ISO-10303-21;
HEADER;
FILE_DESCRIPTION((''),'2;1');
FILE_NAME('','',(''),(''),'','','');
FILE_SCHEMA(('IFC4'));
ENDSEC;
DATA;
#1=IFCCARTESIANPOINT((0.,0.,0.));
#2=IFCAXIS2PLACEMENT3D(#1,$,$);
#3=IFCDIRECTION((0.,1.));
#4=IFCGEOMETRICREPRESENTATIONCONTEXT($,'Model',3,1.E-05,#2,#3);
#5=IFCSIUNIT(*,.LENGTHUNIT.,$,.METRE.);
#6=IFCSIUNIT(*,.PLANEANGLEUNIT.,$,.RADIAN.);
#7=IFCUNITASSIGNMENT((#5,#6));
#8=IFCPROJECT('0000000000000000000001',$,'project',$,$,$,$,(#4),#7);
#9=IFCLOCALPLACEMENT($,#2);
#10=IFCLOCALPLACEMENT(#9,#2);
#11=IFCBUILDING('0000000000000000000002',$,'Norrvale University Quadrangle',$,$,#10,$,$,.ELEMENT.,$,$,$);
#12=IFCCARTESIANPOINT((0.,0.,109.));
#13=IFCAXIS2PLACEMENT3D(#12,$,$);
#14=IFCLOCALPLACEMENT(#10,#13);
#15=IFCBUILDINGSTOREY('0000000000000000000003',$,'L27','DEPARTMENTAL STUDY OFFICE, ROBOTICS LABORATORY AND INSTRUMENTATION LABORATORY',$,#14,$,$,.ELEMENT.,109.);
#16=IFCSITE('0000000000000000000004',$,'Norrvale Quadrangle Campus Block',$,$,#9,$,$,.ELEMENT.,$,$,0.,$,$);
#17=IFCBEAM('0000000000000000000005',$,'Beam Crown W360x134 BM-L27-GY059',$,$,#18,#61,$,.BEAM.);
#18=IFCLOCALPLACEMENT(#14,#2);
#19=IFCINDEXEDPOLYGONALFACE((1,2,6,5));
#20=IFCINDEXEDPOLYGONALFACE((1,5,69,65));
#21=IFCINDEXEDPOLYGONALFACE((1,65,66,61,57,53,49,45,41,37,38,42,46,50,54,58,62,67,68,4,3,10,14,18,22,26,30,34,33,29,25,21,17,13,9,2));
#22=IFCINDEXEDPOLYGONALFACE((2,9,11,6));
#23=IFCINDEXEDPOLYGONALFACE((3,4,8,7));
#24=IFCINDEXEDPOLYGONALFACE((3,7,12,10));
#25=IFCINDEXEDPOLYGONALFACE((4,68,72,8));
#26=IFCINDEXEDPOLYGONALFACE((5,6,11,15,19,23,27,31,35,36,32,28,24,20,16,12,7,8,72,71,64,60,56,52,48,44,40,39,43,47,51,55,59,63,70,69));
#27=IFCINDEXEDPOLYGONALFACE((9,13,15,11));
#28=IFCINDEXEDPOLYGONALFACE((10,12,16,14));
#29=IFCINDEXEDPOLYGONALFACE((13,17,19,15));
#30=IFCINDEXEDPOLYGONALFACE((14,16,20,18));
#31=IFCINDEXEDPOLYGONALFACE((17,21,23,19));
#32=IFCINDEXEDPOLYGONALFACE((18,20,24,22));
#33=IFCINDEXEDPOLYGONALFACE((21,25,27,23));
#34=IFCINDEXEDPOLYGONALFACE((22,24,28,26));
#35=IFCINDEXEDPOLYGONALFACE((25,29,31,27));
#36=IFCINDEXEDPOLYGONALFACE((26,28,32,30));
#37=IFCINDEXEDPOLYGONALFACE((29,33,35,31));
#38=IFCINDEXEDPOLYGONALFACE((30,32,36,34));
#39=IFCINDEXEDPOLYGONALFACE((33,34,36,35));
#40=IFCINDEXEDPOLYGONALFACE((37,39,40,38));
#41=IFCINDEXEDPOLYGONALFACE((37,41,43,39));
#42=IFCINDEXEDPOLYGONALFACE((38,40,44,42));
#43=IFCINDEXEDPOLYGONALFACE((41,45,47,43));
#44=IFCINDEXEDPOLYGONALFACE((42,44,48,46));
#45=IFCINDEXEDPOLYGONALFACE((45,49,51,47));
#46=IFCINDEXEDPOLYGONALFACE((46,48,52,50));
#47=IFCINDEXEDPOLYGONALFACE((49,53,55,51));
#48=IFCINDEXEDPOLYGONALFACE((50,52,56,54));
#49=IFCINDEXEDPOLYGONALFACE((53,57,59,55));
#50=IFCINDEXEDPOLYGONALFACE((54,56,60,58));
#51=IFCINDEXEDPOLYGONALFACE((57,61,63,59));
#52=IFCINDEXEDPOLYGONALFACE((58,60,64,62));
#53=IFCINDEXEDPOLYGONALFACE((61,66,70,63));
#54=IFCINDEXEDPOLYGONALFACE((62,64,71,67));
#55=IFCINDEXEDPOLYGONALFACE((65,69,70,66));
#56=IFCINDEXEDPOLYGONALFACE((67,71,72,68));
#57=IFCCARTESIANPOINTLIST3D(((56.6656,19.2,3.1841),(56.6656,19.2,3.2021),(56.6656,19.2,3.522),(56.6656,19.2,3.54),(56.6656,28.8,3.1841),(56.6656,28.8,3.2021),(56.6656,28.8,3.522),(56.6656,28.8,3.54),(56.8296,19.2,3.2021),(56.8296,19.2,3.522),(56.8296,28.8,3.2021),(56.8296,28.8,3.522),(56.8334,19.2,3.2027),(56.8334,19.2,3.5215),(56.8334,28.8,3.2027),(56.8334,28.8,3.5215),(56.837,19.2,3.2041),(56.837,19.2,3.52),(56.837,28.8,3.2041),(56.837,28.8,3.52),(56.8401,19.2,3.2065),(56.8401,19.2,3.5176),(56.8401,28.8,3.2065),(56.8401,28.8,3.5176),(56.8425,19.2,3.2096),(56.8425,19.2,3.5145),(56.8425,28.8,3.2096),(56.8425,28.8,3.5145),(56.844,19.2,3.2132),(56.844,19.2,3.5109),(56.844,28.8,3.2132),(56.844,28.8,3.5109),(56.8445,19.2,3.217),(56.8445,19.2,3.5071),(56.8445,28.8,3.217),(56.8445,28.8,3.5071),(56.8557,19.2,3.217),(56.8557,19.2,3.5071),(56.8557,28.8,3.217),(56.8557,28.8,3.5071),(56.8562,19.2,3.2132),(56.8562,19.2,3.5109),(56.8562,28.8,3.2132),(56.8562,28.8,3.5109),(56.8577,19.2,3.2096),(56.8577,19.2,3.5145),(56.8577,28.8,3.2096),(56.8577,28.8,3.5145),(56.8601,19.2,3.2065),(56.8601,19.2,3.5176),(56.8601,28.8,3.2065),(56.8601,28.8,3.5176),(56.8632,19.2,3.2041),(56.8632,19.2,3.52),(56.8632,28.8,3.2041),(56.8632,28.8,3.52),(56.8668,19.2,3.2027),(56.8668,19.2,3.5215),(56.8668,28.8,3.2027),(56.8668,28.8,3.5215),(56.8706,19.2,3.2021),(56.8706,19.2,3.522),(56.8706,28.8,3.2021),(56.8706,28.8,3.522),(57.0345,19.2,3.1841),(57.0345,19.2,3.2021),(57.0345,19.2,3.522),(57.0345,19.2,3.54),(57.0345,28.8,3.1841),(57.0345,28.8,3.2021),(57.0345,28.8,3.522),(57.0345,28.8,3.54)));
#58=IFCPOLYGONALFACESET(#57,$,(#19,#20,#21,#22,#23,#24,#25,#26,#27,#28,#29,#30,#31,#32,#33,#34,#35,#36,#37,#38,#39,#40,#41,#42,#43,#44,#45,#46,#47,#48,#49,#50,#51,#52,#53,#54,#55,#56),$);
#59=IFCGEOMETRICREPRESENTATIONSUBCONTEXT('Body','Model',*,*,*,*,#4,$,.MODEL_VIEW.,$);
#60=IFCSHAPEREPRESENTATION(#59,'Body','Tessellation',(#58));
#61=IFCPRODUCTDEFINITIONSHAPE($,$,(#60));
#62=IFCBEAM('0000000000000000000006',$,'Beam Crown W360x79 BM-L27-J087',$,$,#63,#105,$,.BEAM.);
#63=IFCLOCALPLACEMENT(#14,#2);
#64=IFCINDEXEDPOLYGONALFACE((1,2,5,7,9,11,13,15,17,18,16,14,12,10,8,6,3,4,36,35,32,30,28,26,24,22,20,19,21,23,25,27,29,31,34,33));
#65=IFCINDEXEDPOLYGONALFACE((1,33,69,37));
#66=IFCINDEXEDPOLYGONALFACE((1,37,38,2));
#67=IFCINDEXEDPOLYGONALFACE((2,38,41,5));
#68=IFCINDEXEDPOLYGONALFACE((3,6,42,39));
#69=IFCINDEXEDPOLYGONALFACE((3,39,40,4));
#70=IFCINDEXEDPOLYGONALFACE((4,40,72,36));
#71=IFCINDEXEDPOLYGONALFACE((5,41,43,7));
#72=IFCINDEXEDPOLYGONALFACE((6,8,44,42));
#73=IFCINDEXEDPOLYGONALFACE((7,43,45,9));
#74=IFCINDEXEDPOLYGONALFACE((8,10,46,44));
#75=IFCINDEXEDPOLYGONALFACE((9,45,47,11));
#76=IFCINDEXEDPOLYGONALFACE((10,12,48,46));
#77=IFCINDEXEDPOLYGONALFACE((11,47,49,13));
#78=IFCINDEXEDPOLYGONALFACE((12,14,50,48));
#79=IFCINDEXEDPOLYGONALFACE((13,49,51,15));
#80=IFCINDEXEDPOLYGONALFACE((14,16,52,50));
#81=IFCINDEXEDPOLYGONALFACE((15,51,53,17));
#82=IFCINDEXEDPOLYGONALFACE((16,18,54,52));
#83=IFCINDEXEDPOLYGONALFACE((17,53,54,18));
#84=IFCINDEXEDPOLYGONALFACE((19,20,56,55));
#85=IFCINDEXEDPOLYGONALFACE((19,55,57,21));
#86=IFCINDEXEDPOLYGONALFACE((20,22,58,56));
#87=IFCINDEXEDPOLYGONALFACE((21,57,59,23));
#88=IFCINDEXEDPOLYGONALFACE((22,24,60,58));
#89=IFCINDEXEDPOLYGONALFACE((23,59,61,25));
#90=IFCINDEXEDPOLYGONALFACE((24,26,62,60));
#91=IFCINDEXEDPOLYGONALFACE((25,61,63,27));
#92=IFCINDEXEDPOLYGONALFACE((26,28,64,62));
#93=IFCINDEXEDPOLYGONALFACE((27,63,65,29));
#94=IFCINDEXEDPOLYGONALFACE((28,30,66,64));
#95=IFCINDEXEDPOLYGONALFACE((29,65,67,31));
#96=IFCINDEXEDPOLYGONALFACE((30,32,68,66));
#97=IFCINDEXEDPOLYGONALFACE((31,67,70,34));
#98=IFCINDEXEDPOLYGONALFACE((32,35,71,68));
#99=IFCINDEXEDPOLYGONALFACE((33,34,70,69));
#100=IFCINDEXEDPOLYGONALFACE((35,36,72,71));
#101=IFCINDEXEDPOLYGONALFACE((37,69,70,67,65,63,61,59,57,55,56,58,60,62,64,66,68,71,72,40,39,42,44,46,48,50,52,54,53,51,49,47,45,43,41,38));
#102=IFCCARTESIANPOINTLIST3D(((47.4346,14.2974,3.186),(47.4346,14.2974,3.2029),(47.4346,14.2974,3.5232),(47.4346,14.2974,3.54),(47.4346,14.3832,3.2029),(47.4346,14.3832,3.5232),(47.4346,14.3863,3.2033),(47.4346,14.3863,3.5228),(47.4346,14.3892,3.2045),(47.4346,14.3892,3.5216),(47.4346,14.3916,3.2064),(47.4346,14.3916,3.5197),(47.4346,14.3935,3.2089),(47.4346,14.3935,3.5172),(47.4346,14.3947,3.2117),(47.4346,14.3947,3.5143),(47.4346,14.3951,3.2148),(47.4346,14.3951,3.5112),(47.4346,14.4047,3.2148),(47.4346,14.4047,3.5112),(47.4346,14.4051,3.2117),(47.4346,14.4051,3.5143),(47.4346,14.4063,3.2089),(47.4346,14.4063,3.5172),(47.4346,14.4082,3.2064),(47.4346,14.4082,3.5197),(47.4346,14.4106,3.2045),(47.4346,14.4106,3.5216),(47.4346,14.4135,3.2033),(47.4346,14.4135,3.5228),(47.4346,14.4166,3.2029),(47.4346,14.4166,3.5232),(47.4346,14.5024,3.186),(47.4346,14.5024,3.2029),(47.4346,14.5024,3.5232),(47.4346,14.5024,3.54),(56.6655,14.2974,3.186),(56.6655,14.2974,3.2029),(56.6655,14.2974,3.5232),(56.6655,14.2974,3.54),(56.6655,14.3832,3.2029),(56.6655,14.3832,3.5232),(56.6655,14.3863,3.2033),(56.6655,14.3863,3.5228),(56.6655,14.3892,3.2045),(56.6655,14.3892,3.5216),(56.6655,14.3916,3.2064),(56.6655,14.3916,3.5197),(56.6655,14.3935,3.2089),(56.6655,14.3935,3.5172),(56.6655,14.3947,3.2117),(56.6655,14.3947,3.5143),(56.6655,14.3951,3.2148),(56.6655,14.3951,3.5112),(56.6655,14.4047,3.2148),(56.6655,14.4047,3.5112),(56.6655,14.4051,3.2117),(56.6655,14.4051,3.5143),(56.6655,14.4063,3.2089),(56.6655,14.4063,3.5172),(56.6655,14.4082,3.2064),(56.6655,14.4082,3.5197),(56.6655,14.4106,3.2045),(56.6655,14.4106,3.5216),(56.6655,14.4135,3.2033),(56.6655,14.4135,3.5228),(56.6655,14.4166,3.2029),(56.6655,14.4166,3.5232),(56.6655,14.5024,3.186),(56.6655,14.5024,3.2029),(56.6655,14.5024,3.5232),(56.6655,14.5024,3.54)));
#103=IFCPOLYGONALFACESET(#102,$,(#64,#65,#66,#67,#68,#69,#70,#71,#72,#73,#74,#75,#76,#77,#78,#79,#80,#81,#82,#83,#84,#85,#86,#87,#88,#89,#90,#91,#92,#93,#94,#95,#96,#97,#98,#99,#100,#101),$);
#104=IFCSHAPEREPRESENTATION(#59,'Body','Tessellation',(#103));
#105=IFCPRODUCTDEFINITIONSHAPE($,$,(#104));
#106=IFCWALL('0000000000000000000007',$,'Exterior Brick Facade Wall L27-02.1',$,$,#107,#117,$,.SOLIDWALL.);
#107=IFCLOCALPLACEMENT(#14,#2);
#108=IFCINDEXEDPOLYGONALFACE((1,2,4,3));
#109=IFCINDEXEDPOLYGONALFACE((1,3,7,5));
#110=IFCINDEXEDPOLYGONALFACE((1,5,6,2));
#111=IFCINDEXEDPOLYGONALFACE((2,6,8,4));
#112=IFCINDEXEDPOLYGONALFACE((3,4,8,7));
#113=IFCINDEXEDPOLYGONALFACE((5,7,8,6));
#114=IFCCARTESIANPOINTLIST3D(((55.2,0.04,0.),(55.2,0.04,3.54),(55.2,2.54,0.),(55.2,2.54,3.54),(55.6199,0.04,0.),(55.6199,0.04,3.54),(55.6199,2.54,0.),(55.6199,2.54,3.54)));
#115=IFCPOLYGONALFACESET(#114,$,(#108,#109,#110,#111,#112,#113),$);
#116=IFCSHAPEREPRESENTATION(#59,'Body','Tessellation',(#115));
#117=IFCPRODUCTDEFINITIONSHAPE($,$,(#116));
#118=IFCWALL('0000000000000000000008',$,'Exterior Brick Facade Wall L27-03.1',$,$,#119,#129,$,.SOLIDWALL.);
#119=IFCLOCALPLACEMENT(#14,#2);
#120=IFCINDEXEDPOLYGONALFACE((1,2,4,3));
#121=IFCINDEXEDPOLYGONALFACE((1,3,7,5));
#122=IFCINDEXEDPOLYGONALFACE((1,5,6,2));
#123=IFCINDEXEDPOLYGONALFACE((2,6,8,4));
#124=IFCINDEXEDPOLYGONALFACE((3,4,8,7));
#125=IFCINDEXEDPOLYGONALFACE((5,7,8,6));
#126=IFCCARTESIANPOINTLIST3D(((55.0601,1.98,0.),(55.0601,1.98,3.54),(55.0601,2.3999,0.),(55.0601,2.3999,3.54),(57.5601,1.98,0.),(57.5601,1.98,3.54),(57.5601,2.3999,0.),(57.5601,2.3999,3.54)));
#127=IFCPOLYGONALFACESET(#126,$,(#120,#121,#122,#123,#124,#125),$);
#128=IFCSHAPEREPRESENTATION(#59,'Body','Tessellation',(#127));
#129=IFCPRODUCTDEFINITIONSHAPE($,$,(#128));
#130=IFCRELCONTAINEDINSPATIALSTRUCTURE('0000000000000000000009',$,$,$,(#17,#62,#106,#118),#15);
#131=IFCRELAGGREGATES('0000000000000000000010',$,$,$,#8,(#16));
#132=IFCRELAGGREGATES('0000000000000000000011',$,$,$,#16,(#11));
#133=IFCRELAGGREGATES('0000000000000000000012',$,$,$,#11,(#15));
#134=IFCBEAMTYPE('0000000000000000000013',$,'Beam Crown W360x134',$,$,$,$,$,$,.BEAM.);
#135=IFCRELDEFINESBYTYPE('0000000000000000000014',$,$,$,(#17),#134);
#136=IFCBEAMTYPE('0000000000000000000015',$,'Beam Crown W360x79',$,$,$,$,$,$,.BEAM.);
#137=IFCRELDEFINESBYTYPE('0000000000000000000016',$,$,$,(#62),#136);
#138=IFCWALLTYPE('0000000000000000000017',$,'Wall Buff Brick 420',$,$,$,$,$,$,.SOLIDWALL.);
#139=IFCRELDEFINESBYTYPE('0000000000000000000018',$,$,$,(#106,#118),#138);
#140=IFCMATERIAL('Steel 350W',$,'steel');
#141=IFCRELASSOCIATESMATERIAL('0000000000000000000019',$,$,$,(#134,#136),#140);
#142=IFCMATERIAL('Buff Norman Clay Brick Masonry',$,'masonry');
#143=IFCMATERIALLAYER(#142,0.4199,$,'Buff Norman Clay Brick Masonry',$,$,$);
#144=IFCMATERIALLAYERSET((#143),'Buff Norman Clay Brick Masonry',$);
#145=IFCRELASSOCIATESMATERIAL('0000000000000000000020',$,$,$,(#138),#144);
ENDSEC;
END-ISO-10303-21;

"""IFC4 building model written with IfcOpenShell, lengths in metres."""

from ifc_helpers import new_model, si_unit, direction, frame, frame_2d, origin, origin_2d, place, context, subcontext, project, spatial, rectangle, i_section, extrude, material, layer, layer_set, material_profile, profile_set, type_object, element, save


model = new_model("IFC4")

# Units and contexts
model_context = context("Model", 3, precision=1e-05, world=origin(), true_north=direction((0.0, 1.0)))
body_context = subcontext(model_context, "Body", "Model", "MODEL_VIEW")
ifc_project = project(units=[si_unit("LENGTHUNIT", "METRE"), si_unit("PLANEANGLEUNIT", "RADIAN")], contexts=[model_context])

# Site, building, storey
site_placement = place(None, origin())
site = spatial("IfcSite", under=ifc_project, at=site_placement, Name="Norrvale Quadrangle Campus Block", CompositionType="ELEMENT", RefElevation=0.0)
building_placement = place(site_placement, origin())
building = spatial("IfcBuilding", under=site, at=building_placement, Name="Norrvale University Quadrangle", CompositionType="ELEMENT")
storey_placement = place(building_placement, frame((0.0, 0.0, 109.0)))
storey = spatial("IfcBuildingStorey", under=building, at=storey_placement, Name="L27", Description="DEPARTMENTAL STUDY OFFICE, ROBOTICS LABORATORY AND INSTRUMENTATION LABORATORY", CompositionType="ELEMENT", Elevation=109.0)

# Beams
ifc_material_1 = material(Name="Steel 350W", Category="steel")
ifc_material_profile_1 = material_profile(ifc_material_1, i_section(OverallWidth=0.3689, OverallDepth=0.356, WebThickness=0.0112, FlangeThickness=0.0181, FilletRadius=0.0149, at=origin_2d()), Name="Steel 350W")
ifc_profile_set_1 = profile_set([ifc_material_profile_1], Name="Steel 350W")
beam_type_1 = type_object("IfcBeamType", Name="Beam Crown W360x134", PredefinedType="BEAM", material=ifc_profile_set_1)
beam_1_placement = place(storey_placement, frame((56.8501, 19.2, 3.3621), z_axis=(0.0, 1.0, 0.0), x_axis=(-1.0, 0.0, 0.0)))
element("IfcBeam", 1, at=beam_1_placement, inside=storey, type_object=beam_type_1, Name="Beam Crown W360x134 BM-L27-GY059", PredefinedType="BEAM", context=body_context, shape_type="SweptSolid", body=[
    extrude(i_section(OverallWidth=0.3689, OverallDepth=0.356, WebThickness=0.0112, FlangeThickness=0.0181, FilletRadius=0.0149, at=origin_2d()), origin(), (0.0, 0.0, 1.0), 9.6001),
])
ifc_material_profile_2 = material_profile(ifc_material_1, i_section(OverallWidth=0.2051, OverallDepth=0.354, WebThickness=0.0095, FlangeThickness=0.0168, FilletRadius=0.012, at=origin_2d()), Name="Steel 350W")
ifc_profile_set_2 = profile_set([ifc_material_profile_2], Name="Steel 350W")
beam_type_2 = type_object("IfcBeamType", Name="Beam Crown W360x79", PredefinedType="BEAM", material=ifc_profile_set_2)
beam_2_placement = place(storey_placement, frame((47.4346, 14.3999, 3.363), z_axis=(1.0, 0.0, 0.0), x_axis=(0.0, 1.0, 0.0)))
element("IfcBeam", 2, at=beam_2_placement, inside=storey, type_object=beam_type_2, Name="Beam Crown W360x79 BM-L27-J087", PredefinedType="BEAM", context=body_context, shape_type="SweptSolid", body=[
    extrude(i_section(OverallWidth=0.2051, OverallDepth=0.354, WebThickness=0.0095, FlangeThickness=0.0168, FilletRadius=0.012, at=origin_2d()), origin(), (0.0, 0.0, 1.0), 9.231),
])

# Walls
ifc_material_2 = material(Name="Buff Norman Clay Brick Masonry", Category="masonry")
ifc_layer_1 = layer(ifc_material_2, 0.4199, Name="Buff Norman Clay Brick Masonry")
ifc_layer_set_1 = layer_set([ifc_layer_1], Name="Buff Norman Clay Brick Masonry")
wall_type_1 = type_object("IfcWallType", Name="Wall Buff Brick 420", PredefinedType="SOLIDWALL", material=ifc_layer_set_1)
for number, where, z_axis, x_axis, name in (
    (3, (55.4099, 0.04, 0.0), (0.0, 0.0, 1.0), (0.0, 1.0, 0.0), "Exterior Brick Facade Wall L27-02.1"),
    (4, (55.0601, 2.1899, 0.0), (0.0, 0.0, 1.0), (1.0, 0.0, 0.0), "Exterior Brick Facade Wall L27-03.1"),
):
    element("IfcWall", number, at=place(storey_placement, frame(where, z_axis=z_axis, x_axis=x_axis)), inside=storey, type_object=wall_type_1, Name=name, PredefinedType="SOLIDWALL", context=body_context, shape_type="SweptSolid", body=[
        extrude(rectangle(XDim=2.5, YDim=0.4199, at=frame_2d((1.25, 0.0))), origin(), (0.0, 0.0, 1.0), 3.54),
    ])

save(model, "model.ifc")
